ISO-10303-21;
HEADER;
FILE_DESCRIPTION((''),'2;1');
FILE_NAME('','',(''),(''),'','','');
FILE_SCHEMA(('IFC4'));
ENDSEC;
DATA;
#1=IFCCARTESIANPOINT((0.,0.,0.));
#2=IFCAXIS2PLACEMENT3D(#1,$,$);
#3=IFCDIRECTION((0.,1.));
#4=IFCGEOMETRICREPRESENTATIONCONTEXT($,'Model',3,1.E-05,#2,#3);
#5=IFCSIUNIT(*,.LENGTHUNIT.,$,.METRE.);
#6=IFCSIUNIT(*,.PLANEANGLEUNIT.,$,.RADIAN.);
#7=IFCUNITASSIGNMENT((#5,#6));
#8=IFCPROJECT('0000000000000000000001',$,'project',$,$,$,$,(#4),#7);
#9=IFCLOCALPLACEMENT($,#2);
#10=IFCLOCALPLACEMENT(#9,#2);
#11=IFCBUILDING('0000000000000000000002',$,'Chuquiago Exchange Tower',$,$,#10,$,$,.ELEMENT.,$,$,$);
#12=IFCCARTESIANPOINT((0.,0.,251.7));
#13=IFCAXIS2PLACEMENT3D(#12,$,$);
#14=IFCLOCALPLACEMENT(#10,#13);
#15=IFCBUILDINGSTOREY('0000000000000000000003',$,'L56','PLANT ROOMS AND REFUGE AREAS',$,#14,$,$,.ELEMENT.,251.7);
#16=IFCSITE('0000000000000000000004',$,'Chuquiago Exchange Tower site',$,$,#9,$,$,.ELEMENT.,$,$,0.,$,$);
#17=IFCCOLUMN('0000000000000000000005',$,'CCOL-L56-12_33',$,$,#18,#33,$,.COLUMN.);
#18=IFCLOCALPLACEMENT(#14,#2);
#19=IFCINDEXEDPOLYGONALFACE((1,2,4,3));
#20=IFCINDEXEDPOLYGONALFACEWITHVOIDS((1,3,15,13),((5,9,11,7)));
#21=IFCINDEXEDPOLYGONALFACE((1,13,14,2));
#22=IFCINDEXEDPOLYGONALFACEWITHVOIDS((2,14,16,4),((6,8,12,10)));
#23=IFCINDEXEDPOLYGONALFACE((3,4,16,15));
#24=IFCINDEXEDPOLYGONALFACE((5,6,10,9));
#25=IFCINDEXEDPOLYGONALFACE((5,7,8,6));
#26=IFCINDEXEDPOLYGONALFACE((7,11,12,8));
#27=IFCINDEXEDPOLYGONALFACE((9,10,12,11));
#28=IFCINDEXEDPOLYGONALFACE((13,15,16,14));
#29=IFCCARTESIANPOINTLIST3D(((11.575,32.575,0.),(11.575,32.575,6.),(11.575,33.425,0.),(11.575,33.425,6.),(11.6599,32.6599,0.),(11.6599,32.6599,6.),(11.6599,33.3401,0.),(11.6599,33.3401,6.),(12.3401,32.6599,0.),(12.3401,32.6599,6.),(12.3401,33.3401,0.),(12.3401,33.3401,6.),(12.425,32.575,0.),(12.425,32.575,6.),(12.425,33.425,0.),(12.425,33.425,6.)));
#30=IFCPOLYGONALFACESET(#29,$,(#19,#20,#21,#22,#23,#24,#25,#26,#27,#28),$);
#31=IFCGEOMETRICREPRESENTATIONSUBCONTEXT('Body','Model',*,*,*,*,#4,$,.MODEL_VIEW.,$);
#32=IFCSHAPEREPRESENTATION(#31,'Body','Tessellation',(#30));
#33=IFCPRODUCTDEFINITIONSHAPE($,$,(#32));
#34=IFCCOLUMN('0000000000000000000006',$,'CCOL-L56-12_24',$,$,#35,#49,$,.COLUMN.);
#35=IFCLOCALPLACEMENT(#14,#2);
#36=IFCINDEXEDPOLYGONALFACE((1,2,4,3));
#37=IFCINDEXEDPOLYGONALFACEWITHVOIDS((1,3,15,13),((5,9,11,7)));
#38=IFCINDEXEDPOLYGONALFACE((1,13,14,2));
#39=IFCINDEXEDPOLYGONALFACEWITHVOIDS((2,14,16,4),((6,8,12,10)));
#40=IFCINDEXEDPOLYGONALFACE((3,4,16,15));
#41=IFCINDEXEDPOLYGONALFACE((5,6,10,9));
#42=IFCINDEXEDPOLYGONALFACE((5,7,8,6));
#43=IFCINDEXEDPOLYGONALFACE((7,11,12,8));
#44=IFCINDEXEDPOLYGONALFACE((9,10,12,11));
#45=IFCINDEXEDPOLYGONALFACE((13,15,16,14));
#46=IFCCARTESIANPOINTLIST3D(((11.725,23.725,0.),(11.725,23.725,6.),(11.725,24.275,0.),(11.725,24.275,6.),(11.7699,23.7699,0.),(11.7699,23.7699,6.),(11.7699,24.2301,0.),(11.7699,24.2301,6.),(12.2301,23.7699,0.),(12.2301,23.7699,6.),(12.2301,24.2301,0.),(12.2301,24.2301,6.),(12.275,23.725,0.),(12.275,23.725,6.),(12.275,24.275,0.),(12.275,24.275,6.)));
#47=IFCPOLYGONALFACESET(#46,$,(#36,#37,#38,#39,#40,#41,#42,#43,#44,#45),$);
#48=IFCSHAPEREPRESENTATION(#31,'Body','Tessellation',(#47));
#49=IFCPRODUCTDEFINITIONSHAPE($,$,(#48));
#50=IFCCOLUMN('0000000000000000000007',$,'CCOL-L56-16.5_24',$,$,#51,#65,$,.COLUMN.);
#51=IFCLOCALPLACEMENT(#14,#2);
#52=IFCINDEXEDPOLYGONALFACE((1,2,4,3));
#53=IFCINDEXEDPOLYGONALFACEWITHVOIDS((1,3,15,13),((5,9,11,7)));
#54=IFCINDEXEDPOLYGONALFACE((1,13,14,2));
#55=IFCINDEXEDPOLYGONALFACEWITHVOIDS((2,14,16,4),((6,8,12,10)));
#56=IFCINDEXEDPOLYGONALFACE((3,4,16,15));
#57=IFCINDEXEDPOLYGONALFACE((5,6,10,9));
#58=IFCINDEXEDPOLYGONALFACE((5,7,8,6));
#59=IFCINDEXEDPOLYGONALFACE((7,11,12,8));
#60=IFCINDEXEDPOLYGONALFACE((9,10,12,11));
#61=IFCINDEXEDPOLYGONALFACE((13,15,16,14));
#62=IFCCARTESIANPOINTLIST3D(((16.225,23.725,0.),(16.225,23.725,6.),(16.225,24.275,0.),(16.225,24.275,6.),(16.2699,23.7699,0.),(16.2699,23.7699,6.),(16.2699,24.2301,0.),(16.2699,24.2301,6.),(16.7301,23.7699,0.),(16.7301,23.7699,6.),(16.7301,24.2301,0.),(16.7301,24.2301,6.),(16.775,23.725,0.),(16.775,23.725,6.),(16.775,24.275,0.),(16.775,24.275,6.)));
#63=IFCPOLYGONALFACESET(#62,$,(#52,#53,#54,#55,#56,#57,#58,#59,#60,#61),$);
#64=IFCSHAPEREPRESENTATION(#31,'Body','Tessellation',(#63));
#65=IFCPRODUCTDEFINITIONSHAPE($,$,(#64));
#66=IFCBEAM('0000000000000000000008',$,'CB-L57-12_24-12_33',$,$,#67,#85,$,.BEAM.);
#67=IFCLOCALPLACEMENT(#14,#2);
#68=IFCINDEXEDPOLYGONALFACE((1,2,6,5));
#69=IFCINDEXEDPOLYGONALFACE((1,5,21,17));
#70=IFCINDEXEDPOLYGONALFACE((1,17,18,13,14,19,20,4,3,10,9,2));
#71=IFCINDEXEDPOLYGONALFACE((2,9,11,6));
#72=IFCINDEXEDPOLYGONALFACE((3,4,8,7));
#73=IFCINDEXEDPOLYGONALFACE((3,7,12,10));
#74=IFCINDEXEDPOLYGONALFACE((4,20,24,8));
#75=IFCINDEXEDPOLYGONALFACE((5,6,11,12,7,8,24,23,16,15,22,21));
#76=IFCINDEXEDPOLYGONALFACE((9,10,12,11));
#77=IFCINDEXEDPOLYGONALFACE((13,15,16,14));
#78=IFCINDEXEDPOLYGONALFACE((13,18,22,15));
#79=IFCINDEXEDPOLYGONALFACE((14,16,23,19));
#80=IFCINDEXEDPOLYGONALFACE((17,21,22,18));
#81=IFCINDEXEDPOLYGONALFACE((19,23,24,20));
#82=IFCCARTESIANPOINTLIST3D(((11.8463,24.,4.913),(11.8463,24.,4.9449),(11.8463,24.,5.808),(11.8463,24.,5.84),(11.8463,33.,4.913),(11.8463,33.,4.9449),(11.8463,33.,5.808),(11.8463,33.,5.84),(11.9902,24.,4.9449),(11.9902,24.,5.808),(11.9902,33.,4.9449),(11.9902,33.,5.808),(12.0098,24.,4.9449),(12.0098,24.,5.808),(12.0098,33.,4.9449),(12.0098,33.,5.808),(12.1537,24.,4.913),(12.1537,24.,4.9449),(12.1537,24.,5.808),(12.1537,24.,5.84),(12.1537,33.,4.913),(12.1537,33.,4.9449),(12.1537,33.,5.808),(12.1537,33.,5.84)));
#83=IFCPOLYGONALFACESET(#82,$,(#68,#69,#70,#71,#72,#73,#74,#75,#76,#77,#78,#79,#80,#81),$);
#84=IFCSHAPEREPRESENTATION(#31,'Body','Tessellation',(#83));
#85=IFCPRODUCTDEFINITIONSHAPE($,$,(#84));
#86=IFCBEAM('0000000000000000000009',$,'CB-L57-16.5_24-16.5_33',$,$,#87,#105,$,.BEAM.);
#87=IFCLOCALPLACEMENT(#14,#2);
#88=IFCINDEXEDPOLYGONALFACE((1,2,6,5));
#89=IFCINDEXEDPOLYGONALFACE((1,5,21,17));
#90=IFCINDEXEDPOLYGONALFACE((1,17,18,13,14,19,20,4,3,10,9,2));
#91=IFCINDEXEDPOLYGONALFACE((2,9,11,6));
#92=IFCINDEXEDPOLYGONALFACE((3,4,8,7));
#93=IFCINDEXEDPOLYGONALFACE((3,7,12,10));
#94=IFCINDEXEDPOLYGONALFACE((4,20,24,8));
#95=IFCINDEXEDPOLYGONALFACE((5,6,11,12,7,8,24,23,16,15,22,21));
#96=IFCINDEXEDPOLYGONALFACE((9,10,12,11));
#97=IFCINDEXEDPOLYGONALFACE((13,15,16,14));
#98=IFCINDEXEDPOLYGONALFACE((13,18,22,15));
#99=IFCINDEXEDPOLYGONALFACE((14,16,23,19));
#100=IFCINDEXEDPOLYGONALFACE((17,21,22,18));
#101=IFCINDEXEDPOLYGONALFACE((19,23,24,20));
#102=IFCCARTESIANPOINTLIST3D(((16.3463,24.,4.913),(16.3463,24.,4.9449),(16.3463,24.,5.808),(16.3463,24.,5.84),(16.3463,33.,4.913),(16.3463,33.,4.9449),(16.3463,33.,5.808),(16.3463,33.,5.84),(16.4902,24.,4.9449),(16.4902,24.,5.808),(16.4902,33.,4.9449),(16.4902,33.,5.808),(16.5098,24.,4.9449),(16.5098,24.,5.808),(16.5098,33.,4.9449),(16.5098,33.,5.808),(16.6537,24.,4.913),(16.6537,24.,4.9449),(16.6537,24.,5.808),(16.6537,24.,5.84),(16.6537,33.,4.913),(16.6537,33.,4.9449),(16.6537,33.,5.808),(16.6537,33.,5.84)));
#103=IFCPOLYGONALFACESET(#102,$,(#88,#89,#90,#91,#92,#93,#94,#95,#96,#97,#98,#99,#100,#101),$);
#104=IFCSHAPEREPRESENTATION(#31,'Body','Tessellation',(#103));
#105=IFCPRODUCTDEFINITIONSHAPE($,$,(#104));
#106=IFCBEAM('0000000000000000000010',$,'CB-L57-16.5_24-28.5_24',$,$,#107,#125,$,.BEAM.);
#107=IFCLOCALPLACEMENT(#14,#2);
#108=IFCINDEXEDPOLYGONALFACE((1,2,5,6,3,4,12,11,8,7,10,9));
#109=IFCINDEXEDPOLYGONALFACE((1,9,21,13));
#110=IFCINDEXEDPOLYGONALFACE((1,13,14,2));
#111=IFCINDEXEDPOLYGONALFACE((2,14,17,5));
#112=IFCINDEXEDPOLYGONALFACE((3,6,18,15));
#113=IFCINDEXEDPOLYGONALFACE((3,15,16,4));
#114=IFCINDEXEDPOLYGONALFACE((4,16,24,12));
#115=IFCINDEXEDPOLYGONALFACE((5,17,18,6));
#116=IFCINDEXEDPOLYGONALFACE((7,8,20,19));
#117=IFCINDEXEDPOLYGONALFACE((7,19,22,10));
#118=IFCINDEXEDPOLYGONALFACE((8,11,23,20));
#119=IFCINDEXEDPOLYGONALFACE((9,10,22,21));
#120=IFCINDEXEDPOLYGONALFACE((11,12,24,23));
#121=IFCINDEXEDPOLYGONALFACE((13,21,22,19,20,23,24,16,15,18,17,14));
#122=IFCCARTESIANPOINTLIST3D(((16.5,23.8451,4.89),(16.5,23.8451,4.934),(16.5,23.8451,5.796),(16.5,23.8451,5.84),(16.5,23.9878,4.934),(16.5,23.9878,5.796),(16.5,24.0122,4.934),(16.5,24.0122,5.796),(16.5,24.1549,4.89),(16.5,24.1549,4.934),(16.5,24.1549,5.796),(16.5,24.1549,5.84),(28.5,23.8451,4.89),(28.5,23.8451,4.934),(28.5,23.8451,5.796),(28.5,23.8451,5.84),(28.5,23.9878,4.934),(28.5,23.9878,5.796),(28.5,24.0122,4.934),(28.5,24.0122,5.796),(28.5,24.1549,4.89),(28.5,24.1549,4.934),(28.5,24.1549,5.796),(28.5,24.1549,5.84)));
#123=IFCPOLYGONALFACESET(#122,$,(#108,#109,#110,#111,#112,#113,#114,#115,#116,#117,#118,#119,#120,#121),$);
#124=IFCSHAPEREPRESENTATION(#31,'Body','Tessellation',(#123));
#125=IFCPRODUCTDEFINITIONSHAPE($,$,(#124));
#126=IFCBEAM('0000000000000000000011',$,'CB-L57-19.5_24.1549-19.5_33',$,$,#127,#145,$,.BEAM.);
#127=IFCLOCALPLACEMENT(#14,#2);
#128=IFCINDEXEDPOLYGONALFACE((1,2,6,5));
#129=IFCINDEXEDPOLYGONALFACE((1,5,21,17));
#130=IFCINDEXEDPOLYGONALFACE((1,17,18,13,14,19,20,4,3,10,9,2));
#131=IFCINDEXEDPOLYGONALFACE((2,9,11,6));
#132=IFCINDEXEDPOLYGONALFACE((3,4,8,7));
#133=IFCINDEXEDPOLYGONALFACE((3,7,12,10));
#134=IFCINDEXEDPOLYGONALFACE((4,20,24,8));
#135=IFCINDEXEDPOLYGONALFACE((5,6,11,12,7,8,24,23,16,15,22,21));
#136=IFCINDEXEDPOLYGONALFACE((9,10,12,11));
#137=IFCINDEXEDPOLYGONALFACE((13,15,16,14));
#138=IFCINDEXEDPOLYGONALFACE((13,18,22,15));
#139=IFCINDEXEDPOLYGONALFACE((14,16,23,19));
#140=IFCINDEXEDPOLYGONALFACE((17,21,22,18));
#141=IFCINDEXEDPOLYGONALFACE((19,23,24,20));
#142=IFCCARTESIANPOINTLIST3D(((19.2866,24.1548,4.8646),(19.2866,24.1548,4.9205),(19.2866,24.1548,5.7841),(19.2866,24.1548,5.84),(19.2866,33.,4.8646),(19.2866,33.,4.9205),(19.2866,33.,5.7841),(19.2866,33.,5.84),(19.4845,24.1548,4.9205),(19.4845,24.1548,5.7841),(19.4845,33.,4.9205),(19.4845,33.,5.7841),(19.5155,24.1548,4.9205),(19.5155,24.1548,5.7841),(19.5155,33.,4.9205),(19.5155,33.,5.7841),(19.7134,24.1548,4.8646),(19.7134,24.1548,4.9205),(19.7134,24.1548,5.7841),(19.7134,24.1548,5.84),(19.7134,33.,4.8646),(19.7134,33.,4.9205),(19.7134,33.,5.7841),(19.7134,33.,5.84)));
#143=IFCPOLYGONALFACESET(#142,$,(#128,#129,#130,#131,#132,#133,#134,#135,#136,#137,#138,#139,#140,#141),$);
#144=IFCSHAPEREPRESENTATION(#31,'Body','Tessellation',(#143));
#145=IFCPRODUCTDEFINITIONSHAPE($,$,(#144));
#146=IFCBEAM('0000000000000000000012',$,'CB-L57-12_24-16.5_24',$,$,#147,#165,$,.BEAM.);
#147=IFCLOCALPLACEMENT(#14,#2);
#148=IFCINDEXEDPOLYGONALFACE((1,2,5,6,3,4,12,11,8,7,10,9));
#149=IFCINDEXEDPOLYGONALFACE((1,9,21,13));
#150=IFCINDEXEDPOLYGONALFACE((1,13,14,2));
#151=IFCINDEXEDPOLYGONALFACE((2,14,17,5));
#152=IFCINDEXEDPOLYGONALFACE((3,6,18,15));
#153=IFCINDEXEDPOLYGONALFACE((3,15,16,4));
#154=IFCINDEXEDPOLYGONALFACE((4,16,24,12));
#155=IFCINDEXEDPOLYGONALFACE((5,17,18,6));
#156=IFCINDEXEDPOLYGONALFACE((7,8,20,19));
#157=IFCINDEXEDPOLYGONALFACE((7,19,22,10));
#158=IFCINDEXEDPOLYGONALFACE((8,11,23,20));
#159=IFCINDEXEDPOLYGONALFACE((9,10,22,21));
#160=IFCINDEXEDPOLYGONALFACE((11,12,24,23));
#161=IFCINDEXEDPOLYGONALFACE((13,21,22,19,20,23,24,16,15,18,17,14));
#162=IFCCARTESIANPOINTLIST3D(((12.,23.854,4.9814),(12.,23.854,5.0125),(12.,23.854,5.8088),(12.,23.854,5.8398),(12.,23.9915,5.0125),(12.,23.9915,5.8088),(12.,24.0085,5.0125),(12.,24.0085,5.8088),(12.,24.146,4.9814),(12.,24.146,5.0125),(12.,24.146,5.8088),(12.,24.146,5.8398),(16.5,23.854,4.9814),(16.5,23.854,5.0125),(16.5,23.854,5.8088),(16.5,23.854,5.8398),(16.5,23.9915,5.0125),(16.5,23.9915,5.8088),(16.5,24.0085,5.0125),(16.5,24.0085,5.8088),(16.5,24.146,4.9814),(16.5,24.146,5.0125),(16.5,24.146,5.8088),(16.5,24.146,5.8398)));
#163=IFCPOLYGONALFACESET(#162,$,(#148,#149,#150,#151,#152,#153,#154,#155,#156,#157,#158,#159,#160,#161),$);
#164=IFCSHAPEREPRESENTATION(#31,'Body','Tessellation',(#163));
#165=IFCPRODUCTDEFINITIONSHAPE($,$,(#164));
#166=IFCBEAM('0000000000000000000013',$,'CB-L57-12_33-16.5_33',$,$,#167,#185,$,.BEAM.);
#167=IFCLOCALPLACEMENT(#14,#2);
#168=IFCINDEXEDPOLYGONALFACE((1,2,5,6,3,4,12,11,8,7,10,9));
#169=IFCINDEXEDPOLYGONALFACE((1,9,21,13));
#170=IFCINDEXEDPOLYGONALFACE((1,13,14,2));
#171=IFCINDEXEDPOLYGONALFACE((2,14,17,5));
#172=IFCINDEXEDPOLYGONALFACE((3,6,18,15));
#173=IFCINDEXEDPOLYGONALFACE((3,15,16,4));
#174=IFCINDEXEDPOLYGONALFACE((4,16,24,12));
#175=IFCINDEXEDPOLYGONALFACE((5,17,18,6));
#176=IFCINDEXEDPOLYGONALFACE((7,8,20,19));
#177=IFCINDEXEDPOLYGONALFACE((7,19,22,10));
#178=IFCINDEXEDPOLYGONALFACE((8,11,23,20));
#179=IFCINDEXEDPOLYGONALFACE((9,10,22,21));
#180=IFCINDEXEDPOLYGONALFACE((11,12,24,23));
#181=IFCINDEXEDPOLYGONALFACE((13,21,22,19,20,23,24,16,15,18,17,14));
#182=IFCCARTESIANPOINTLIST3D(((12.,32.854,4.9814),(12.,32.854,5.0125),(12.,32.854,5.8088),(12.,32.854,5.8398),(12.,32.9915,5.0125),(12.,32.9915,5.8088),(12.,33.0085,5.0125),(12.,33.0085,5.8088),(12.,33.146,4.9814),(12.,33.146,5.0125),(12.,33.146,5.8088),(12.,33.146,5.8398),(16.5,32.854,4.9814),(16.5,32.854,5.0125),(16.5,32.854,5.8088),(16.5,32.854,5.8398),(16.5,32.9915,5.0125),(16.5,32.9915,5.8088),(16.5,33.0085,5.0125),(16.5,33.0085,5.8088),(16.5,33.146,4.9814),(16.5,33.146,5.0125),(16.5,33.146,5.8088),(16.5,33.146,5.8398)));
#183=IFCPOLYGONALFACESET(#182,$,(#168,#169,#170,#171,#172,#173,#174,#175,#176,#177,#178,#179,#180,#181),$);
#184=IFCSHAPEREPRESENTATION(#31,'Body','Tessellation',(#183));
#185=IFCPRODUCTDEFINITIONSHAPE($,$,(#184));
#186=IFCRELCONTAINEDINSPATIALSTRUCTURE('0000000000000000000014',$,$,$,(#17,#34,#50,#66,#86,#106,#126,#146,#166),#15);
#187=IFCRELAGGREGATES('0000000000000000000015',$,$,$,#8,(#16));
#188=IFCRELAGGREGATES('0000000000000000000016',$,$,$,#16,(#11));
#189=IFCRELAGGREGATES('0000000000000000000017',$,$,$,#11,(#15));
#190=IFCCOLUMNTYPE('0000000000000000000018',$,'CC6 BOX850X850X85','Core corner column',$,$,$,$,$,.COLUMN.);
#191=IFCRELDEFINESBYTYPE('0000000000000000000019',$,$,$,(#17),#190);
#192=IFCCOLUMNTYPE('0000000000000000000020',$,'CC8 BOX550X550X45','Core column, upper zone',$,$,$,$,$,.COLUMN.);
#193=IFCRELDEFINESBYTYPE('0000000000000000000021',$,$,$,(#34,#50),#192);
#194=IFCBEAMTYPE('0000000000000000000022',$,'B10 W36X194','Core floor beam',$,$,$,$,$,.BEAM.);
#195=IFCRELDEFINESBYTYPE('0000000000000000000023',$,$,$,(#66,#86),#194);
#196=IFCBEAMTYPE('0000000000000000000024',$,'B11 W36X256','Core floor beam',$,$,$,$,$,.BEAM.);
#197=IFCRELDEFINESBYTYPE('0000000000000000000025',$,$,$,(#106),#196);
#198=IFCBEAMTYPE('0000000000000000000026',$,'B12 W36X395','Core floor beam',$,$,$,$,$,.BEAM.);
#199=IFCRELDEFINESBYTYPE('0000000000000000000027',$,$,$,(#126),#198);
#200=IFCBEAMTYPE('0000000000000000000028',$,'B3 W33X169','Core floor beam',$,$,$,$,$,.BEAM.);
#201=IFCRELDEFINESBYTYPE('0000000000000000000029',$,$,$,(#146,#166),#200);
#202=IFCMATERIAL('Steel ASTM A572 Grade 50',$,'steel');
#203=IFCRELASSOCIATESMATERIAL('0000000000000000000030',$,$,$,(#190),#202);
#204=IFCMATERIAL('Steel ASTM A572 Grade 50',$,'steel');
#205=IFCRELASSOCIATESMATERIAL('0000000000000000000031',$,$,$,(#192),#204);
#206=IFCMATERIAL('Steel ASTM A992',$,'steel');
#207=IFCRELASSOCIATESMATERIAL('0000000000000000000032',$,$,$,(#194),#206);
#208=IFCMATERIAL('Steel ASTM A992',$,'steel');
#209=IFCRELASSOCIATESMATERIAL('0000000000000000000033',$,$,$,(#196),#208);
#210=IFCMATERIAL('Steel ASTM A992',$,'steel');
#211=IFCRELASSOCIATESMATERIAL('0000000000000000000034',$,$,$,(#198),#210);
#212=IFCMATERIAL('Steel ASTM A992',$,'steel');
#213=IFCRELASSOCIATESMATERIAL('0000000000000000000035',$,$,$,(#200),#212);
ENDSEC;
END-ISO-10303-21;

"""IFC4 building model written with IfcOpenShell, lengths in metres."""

from ifc_helpers import new_model, si_unit, direction, frame, origin, origin_2d, place, context, subcontext, project, spatial, hollow_rectangle, i_section, extrude, material, material_profile, profile_set, type_object, element, save


model = new_model("IFC4")

# Units and contexts
model_context = context("Model", 3, precision=1e-05, world=origin(), true_north=direction((0.0, 1.0)))
body_context = subcontext(model_context, "Body", "Model", "MODEL_VIEW")
ifc_project = project(units=[si_unit("LENGTHUNIT", "METRE"), si_unit("PLANEANGLEUNIT", "RADIAN")], contexts=[model_context])

# Site, building, storey
site_placement = place(None, origin())
site = spatial("IfcSite", under=ifc_project, at=site_placement, Name="Chuquiago Exchange Tower site", CompositionType="ELEMENT", RefElevation=0.0)
building_placement = place(site_placement, origin())
building = spatial("IfcBuilding", under=site, at=building_placement, Name="Chuquiago Exchange Tower", CompositionType="ELEMENT")
storey_placement = place(building_placement, frame((0.0, 0.0, 251.7)))
storey = spatial("IfcBuildingStorey", under=building, at=storey_placement, Name="L56", Description="PLANT ROOMS AND REFUGE AREAS", CompositionType="ELEMENT", Elevation=251.7)

# Columns
ifc_material_1 = material(Name="Steel ASTM A572 Grade 50", Category="steel")
ifc_material_profile_1 = material_profile(ifc_material_1, hollow_rectangle(XDim=0.8501, YDim=0.8501, WallThickness=0.085, at=origin_2d()), Name="BOX850X850X85")
ifc_profile_set_1 = profile_set([ifc_material_profile_1], Name="Steel ASTM A572 Grade 50")
column_type_1 = type_object("IfcColumnType", Name="CC6 BOX850X850X85", Description="Core corner column", PredefinedType="COLUMN", material=ifc_profile_set_1)
column_placement = place(storey_placement, frame((12.0, 33.0, 0.0), z_axis=(0.0, 0.0, 1.0), x_axis=(1.0, 0.0, 0.0)))
element("IfcColumn", 1, at=column_placement, inside=storey, type_object=column_type_1, Name="CCOL-L56-12_33", PredefinedType="COLUMN", context=body_context, shape_type="SweptSolid", body=[
    extrude(hollow_rectangle(XDim=0.8501, YDim=0.8501, WallThickness=0.085, at=origin_2d()), origin(), (0.0, 0.0, 1.0), 6.0),
])
ifc_material_2 = material(Name="Steel ASTM A572 Grade 50", Category="steel")
ifc_material_profile_2 = material_profile(ifc_material_2, hollow_rectangle(XDim=0.55, YDim=0.55, WallThickness=0.0449, at=origin_2d()), Name="BOX550X550X45")
ifc_profile_set_2 = profile_set([ifc_material_profile_2], Name="Steel ASTM A572 Grade 50")
column_type_2 = type_object("IfcColumnType", Name="CC8 BOX550X550X45", Description="Core column, upper zone", PredefinedType="COLUMN", material=ifc_profile_set_2)
for number, where, z_axis, x_axis, name in (
    (2, (12.0, 24.0, 0.0), (0.0, 0.0, 1.0), (1.0, 0.0, 0.0), "CCOL-L56-12_24"),
    (3, (16.5, 24.0, 0.0), (0.0, 0.0, 1.0), (1.0, 0.0, 0.0), "CCOL-L56-16.5_24"),
):
    element("IfcColumn", number, at=place(storey_placement, frame(where, z_axis=z_axis, x_axis=x_axis)), inside=storey, type_object=column_type_2, Name=name, PredefinedType="COLUMN", context=body_context, shape_type="SweptSolid", body=[
        extrude(hollow_rectangle(XDim=0.55, YDim=0.55, WallThickness=0.0449, at=origin_2d()), origin(), (0.0, 0.0, 1.0), 6.0),
    ])

# Beams
ifc_material_3 = material(Name="Steel ASTM A992", Category="steel")
ifc_material_profile_3 = material_profile(ifc_material_3, i_section(OverallWidth=0.3074, OverallDepth=0.927, WebThickness=0.0195, FlangeThickness=0.032, at=origin_2d()), Name="W36X194")
ifc_profile_set_3 = profile_set([ifc_material_profile_3], Name="Steel ASTM A992")
beam_type_1 = type_object("IfcBeamType", Name="B10 W36X194", Description="Core floor beam", PredefinedType="BEAM", material=ifc_profile_set_3)
for number, where, z_axis, x_axis, name in (
    (4, (12.0, 24.0, 5.3765), (0.0, 1.0, 0.0), (-1.0, 0.0, 0.0), "CB-L57-12_24-12_33"),
    (5, (16.5, 24.0, 5.3765), (0.0, 1.0, 0.0), (-1.0, 0.0, 0.0), "CB-L57-16.5_24-16.5_33"),
):
    element("IfcBeam", number, at=place(storey_placement, frame(where, z_axis=z_axis, x_axis=x_axis)), inside=storey, type_object=beam_type_1, Name=name, PredefinedType="BEAM", context=body_context, shape_type="SweptSolid", body=[
        extrude(i_section(OverallWidth=0.3074, OverallDepth=0.927, WebThickness=0.0195, FlangeThickness=0.032, at=origin_2d()), origin(), (0.0, 0.0, 1.0), 9.0),
    ])
ifc_material_4 = material(Name="Steel ASTM A992", Category="steel")
ifc_material_profile_4 = material_profile(ifc_material_4, i_section(OverallWidth=0.3098, OverallDepth=0.95, WebThickness=0.0244, FlangeThickness=0.0439, at=origin_2d()), Name="W36X256")
ifc_profile_set_4 = profile_set([ifc_material_profile_4], Name="Steel ASTM A992")
beam_type_2 = type_object("IfcBeamType", Name="B11 W36X256", Description="Core floor beam", PredefinedType="BEAM", material=ifc_profile_set_4)
beam_1_placement = place(storey_placement, frame((16.5, 24.0, 5.365), z_axis=(1.0, 0.0, 0.0), x_axis=(0.0, 1.0, 0.0)))
element("IfcBeam", 6, at=beam_1_placement, inside=storey, type_object=beam_type_2, Name="CB-L57-16.5_24-28.5_24", PredefinedType="BEAM", context=body_context, shape_type="SweptSolid", body=[
    extrude(i_section(OverallWidth=0.3098, OverallDepth=0.95, WebThickness=0.0244, FlangeThickness=0.0439, at=origin_2d()), origin(), (0.0, 0.0, 1.0), 12.0),
])
ifc_material_5 = material(Name="Steel ASTM A992", Category="steel")
ifc_material_profile_5 = material_profile(ifc_material_5, i_section(OverallWidth=0.4268, OverallDepth=0.9753, WebThickness=0.031, FlangeThickness=0.0559, at=origin_2d()), Name="W36X395")
ifc_profile_set_5 = profile_set([ifc_material_profile_5], Name="Steel ASTM A992")
beam_type_3 = type_object("IfcBeamType", Name="B12 W36X395", Description="Core floor beam", PredefinedType="BEAM", material=ifc_profile_set_5)
beam_2_placement = place(storey_placement, frame((19.5, 24.1548, 5.3523), z_axis=(0.0, 1.0, 0.0), x_axis=(-1.0, 0.0, 0.0)))
element("IfcBeam", 7, at=beam_2_placement, inside=storey, type_object=beam_type_3, Name="CB-L57-19.5_24.1549-19.5_33", PredefinedType="BEAM", context=body_context, shape_type="SweptSolid", body=[
    extrude(i_section(OverallWidth=0.4268, OverallDepth=0.9753, WebThickness=0.031, FlangeThickness=0.0559, at=origin_2d()), origin(), (0.0, 0.0, 1.0), 8.8452),
])
ifc_material_6 = material(Name="Steel ASTM A992", Category="steel")
ifc_material_profile_6 = material_profile(ifc_material_6, i_section(OverallWidth=0.292, OverallDepth=0.8584, WebThickness=0.0171, FlangeThickness=0.031, at=origin_2d()), Name="W33X169")
ifc_profile_set_6 = profile_set([ifc_material_profile_6], Name="Steel ASTM A992")
beam_type_4 = type_object("IfcBeamType", Name="B3 W33X169", Description="Core floor beam", PredefinedType="BEAM", material=ifc_profile_set_6)
for number, where, z_axis, x_axis, name in (
    (8, (12.0, 24.0, 5.4106), (1.0, 0.0, 0.0), (0.0, 1.0, 0.0), "CB-L57-12_24-16.5_24"),
    (9, (12.0, 33.0, 5.4106), (1.0, 0.0, 0.0), (0.0, 1.0, 0.0), "CB-L57-12_33-16.5_33"),
):
    element("IfcBeam", number, at=place(storey_placement, frame(where, z_axis=z_axis, x_axis=x_axis)), inside=storey, type_object=beam_type_4, Name=name, PredefinedType="BEAM", context=body_context, shape_type="SweptSolid", body=[
        extrude(i_section(OverallWidth=0.292, OverallDepth=0.8584, WebThickness=0.0171, FlangeThickness=0.031, at=origin_2d()), origin(), (0.0, 0.0, 1.0), 4.5),
    ])

save(model, "model.ifc")
